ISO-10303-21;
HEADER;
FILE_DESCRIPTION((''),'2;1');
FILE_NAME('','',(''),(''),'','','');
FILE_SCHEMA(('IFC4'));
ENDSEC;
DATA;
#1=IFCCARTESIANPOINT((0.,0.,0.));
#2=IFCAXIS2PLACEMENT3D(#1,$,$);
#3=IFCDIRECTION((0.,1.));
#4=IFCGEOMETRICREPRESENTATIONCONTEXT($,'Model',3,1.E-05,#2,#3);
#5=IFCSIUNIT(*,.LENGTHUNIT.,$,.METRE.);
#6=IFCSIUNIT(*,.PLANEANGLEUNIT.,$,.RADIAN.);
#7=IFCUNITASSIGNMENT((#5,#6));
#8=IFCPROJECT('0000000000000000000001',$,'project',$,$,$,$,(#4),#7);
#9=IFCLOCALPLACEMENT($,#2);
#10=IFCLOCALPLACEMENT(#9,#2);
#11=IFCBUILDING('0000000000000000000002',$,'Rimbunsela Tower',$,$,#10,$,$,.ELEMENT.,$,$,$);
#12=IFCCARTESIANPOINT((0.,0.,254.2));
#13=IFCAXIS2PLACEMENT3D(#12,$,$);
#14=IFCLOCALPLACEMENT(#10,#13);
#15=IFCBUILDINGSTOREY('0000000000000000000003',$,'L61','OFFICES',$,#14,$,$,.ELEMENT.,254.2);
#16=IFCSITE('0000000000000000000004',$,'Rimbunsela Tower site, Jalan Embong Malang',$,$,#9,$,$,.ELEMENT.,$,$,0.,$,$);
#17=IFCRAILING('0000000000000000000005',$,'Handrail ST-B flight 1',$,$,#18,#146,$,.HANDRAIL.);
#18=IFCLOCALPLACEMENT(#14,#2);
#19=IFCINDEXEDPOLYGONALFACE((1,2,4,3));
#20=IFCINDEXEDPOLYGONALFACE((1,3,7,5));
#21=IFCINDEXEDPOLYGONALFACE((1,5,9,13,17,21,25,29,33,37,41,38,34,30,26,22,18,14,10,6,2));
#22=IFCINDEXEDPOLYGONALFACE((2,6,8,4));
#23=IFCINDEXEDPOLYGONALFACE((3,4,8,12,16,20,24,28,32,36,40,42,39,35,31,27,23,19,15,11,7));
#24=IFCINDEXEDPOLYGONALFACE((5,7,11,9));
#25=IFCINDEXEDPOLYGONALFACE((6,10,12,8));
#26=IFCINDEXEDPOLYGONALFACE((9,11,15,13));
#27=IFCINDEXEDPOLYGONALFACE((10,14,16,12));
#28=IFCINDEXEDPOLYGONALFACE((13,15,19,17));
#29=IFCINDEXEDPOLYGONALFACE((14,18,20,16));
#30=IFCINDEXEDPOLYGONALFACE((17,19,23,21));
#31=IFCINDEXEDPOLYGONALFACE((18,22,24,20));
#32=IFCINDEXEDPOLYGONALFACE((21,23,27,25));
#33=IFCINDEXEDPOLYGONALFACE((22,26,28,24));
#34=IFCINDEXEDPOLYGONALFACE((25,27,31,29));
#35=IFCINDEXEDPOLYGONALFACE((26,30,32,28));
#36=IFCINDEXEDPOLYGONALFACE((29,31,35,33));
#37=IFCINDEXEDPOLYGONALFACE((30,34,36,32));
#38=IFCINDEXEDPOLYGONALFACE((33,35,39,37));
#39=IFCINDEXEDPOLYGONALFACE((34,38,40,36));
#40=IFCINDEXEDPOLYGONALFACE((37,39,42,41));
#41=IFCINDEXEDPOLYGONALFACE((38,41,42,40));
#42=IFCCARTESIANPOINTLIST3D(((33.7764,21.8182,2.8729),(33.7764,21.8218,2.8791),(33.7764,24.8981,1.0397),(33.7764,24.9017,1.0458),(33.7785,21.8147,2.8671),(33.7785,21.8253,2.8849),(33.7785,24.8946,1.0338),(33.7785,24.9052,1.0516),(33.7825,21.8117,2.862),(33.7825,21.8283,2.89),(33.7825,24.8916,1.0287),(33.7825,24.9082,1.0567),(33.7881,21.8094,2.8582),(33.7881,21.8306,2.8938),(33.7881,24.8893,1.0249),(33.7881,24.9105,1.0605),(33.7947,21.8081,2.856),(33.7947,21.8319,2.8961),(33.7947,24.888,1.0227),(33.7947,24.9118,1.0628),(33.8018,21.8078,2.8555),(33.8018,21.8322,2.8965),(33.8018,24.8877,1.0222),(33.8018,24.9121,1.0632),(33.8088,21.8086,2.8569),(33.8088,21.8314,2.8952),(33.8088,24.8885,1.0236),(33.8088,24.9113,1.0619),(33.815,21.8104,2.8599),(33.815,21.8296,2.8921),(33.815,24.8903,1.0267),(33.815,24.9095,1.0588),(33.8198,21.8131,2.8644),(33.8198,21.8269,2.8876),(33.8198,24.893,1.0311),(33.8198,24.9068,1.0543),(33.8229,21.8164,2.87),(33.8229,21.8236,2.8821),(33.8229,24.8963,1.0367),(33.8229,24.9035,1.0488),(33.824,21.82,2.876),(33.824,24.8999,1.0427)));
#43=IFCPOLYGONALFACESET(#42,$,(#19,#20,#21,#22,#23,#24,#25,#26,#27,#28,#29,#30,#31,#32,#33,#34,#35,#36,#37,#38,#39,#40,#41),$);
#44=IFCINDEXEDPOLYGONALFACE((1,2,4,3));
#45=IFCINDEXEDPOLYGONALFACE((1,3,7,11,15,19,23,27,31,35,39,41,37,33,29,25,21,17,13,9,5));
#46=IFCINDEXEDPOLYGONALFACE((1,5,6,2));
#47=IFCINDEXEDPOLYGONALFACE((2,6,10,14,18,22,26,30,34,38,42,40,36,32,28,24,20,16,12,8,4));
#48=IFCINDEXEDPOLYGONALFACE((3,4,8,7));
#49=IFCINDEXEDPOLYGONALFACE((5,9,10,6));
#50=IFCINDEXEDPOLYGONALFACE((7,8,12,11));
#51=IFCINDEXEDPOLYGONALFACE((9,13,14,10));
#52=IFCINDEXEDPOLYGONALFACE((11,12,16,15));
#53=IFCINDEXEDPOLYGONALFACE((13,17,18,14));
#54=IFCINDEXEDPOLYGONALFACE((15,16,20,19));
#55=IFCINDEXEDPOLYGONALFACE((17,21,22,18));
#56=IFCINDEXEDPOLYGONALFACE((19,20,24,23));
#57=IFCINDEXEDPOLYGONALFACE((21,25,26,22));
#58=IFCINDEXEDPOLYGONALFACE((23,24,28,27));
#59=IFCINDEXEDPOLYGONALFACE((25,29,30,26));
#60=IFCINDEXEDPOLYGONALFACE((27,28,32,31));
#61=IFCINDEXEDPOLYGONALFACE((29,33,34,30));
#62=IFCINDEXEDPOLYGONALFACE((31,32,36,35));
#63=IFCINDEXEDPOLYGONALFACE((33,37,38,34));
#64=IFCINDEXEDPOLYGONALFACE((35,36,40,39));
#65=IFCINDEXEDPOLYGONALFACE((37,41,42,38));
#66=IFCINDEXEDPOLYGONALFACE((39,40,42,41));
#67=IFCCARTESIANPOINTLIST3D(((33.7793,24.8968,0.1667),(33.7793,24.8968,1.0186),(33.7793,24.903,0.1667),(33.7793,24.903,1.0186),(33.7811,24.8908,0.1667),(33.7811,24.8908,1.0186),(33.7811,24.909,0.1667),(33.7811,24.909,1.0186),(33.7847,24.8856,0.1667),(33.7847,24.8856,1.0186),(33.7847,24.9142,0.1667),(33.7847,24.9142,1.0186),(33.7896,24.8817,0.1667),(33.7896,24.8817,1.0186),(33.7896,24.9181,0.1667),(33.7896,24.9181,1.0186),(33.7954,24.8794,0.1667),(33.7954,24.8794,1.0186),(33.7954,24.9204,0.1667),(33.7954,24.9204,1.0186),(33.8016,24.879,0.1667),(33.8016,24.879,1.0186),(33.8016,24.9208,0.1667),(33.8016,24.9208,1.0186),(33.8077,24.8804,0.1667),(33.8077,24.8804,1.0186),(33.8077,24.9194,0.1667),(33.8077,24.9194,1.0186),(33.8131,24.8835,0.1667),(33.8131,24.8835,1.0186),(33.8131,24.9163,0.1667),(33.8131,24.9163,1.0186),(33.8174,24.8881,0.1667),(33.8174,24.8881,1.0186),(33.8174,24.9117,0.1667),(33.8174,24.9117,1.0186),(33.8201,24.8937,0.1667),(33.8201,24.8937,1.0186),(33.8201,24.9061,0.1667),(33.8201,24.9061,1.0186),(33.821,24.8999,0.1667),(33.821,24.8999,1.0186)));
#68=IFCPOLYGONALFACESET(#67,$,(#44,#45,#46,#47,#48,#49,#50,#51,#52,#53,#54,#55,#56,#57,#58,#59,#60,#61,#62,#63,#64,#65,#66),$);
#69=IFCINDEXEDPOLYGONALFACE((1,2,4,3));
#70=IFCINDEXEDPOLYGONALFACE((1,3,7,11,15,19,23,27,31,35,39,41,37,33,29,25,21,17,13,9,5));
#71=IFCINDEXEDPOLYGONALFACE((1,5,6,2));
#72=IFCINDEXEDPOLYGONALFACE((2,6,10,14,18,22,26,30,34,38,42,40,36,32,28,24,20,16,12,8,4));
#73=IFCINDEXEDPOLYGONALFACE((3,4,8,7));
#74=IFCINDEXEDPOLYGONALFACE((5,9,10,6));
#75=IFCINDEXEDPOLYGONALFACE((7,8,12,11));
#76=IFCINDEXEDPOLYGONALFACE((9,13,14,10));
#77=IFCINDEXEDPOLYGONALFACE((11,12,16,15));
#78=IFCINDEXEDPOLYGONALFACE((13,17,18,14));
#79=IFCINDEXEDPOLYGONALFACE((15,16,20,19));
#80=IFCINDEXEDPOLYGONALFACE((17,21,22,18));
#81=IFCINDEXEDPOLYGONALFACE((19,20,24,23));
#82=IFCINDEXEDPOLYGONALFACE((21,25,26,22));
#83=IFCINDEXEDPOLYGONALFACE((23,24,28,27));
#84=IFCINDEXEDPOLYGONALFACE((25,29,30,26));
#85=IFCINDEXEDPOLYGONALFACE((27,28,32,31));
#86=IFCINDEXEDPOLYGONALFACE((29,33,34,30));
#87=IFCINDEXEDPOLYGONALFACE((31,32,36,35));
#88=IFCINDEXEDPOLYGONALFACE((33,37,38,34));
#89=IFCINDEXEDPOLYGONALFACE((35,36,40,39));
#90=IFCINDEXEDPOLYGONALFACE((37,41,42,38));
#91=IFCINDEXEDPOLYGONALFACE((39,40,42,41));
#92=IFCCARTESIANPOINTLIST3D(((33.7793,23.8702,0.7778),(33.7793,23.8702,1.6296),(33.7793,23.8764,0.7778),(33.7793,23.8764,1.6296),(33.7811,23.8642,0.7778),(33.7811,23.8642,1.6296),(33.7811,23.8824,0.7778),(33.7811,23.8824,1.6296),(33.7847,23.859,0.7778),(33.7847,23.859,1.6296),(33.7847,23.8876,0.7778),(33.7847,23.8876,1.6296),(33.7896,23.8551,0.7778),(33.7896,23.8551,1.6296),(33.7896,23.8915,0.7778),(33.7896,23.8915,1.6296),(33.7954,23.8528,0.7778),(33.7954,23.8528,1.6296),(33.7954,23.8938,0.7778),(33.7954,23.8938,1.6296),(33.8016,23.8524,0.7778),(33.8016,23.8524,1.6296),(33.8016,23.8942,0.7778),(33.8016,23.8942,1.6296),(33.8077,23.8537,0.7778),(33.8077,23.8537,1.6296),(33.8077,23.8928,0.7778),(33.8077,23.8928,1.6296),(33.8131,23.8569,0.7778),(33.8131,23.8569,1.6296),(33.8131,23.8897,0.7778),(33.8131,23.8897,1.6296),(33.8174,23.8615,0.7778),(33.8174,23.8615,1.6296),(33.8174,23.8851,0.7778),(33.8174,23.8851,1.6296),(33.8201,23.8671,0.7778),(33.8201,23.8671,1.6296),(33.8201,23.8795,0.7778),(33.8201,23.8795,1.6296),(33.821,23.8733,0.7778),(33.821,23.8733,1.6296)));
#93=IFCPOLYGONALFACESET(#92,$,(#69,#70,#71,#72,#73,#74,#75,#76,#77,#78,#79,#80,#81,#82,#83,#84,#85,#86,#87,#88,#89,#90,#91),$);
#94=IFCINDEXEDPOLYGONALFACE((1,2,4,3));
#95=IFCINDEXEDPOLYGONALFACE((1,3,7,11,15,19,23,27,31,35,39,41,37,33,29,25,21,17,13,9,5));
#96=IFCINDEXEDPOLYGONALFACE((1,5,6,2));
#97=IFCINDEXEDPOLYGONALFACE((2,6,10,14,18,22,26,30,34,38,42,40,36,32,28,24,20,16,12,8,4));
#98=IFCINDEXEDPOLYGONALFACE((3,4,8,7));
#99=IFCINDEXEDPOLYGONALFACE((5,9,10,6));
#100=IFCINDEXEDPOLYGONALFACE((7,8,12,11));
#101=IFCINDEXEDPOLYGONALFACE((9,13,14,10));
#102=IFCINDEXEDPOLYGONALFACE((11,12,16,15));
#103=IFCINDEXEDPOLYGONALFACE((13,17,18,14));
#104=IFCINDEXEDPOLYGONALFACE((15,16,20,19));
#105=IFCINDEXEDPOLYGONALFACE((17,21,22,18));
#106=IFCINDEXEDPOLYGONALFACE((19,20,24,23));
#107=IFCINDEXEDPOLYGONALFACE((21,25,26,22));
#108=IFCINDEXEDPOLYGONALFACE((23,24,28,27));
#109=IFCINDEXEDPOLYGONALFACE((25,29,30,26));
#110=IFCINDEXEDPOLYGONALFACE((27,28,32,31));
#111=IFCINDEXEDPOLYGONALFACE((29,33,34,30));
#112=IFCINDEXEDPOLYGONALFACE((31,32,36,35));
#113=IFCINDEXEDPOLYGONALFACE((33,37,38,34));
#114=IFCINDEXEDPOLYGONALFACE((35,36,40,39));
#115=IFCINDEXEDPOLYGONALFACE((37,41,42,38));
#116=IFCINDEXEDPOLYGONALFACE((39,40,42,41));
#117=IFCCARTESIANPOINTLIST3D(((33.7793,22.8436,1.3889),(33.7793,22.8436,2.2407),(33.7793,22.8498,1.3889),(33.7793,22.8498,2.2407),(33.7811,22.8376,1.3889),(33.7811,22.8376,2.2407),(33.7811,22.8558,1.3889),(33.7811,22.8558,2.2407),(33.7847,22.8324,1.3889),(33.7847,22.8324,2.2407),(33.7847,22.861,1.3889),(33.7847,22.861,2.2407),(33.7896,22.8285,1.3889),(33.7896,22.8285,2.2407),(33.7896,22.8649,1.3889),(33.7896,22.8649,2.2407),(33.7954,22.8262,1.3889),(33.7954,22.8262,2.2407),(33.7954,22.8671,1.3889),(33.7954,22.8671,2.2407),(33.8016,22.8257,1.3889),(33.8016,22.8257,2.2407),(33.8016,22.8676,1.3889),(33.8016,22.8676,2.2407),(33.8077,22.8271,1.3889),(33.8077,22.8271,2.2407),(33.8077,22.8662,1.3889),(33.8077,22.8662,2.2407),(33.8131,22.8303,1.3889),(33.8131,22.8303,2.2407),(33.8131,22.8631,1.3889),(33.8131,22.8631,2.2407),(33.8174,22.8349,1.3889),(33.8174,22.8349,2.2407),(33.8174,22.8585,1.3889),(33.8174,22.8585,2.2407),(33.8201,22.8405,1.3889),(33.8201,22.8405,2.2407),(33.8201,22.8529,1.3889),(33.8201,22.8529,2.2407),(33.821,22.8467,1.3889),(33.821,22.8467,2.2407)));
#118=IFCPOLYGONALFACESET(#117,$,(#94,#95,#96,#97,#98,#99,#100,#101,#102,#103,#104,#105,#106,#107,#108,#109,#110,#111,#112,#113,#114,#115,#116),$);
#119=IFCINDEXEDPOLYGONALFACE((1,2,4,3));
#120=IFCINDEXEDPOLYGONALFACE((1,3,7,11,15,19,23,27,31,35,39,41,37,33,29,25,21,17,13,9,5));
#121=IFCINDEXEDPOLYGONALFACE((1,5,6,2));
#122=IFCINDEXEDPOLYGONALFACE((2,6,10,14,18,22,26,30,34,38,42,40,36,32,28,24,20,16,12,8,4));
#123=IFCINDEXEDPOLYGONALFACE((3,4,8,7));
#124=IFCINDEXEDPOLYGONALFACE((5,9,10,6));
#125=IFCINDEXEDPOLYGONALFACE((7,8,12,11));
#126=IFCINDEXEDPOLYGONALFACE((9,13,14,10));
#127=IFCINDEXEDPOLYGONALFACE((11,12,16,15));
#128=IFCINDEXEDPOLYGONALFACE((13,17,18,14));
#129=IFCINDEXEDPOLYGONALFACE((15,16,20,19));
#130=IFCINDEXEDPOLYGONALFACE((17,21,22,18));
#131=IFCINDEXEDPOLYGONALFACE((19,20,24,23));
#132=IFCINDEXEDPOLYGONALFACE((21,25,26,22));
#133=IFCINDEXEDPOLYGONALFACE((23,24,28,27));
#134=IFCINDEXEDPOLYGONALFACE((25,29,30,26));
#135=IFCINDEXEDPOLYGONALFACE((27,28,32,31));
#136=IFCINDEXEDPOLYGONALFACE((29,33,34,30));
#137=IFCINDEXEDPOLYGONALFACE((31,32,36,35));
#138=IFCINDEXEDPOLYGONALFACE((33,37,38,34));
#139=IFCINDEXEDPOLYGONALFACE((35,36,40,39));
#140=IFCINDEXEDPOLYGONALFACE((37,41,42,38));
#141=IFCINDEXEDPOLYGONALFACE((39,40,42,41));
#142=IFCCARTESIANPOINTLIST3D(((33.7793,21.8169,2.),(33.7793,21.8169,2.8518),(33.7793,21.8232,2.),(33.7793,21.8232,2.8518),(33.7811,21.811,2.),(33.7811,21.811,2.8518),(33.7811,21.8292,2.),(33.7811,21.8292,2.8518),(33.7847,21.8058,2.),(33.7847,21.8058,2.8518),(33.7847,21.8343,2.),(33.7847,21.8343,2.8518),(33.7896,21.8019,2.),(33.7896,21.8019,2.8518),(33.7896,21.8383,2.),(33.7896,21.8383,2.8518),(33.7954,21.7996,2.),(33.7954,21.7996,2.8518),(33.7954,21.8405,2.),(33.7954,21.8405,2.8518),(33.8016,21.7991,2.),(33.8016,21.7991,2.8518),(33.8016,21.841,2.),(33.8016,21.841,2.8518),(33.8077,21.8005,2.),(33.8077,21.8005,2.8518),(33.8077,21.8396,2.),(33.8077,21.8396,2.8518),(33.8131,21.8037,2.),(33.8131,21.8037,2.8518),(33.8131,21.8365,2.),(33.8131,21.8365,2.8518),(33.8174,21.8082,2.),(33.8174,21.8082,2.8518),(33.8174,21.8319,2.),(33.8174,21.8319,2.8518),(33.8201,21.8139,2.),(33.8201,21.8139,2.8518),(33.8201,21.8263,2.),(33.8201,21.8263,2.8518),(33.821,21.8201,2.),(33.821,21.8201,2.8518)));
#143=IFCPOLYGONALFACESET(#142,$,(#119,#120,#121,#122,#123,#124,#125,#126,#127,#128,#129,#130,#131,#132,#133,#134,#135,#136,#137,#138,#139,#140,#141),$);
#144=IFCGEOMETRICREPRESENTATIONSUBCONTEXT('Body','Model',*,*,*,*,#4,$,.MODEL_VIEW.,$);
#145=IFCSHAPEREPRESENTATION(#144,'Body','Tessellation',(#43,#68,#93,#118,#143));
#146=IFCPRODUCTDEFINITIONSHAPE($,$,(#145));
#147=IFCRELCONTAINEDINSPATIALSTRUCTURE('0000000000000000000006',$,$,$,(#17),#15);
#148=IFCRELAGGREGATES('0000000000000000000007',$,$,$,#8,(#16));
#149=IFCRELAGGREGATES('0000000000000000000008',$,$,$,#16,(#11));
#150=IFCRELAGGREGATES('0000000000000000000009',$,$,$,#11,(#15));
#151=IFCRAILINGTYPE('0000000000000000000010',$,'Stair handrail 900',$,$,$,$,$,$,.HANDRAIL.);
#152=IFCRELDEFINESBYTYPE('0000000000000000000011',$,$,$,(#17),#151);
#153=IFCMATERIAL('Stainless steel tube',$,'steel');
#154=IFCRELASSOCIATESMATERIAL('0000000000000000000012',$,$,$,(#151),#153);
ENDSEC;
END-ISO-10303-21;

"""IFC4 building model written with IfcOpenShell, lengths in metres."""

from ifc_helpers import new_model, si_unit, direction, frame, origin, origin_2d, place, context, subcontext, project, spatial, circle, extrude, material, type_object, element, save


model = new_model("IFC4")

# Units and contexts
model_context = context("Model", 3, precision=1e-05, world=origin(), true_north=direction((0.0, 1.0)))
body_context = subcontext(model_context, "Body", "Model", "MODEL_VIEW")
ifc_project = project(units=[si_unit("LENGTHUNIT", "METRE"), si_unit("PLANEANGLEUNIT", "RADIAN")], contexts=[model_context])

# Site, building, storey
site_placement = place(None, origin())
site = spatial("IfcSite", under=ifc_project, at=site_placement, Name="Rimbunsela Tower site, Jalan Embong Malang", CompositionType="ELEMENT", RefElevation=0.0)
building_placement = place(site_placement, origin())
building = spatial("IfcBuilding", under=site, at=building_placement, Name="Rimbunsela Tower", CompositionType="ELEMENT")
storey_placement = place(building_placement, frame((0.0, 0.0, 254.2)))
storey = spatial("IfcBuildingStorey", under=building, at=storey_placement, Name="L61", Description="OFFICES", CompositionType="ELEMENT", Elevation=254.2)

# Railing
ifc_material_1 = material(Name="Stainless steel tube", Category="steel")
railing_type = type_object("IfcRailingType", Name="Stair handrail 900", PredefinedType="HANDRAIL", material=ifc_material_1)
for number, where, name in (
    (1, (33.8, 24.8999, 0.1667), "Handrail ST-B flight 1"),
):
    element("IfcRailing", number, at=place(storey_placement, frame(where)), inside=storey, type_object=railing_type, Name=name, PredefinedType="HANDRAIL", context=body_context, shape_type="SweptSolid", body=[
        extrude(circle(Radius=0.0239, at=origin_2d()), frame((0.0, 0.0, 0.876), z_axis=(0.0, -0.859291, 0.511487), x_axis=(1.0, 0.0, 0.0)), (0.0, 0.0, 1.0), 3.5842),
        extrude(circle(Radius=0.021, at=origin_2d()), origin(), (0.0, 0.0, 1.0), 0.8518),
        extrude(circle(Radius=0.021, at=origin_2d()), frame((0.0, -1.0266, 0.6111)), (0.0, 0.0, 1.0), 0.8518),
        extrude(circle(Radius=0.021, at=origin_2d()), frame((0.0, -2.0532, 1.2222)), (0.0, 0.0, 1.0), 0.8518),
        extrude(circle(Radius=0.021, at=origin_2d()), frame((0.0, -3.0798, 1.8333)), (0.0, 0.0, 1.0), 0.8518),
    ])

save(model, "model.ifc")
